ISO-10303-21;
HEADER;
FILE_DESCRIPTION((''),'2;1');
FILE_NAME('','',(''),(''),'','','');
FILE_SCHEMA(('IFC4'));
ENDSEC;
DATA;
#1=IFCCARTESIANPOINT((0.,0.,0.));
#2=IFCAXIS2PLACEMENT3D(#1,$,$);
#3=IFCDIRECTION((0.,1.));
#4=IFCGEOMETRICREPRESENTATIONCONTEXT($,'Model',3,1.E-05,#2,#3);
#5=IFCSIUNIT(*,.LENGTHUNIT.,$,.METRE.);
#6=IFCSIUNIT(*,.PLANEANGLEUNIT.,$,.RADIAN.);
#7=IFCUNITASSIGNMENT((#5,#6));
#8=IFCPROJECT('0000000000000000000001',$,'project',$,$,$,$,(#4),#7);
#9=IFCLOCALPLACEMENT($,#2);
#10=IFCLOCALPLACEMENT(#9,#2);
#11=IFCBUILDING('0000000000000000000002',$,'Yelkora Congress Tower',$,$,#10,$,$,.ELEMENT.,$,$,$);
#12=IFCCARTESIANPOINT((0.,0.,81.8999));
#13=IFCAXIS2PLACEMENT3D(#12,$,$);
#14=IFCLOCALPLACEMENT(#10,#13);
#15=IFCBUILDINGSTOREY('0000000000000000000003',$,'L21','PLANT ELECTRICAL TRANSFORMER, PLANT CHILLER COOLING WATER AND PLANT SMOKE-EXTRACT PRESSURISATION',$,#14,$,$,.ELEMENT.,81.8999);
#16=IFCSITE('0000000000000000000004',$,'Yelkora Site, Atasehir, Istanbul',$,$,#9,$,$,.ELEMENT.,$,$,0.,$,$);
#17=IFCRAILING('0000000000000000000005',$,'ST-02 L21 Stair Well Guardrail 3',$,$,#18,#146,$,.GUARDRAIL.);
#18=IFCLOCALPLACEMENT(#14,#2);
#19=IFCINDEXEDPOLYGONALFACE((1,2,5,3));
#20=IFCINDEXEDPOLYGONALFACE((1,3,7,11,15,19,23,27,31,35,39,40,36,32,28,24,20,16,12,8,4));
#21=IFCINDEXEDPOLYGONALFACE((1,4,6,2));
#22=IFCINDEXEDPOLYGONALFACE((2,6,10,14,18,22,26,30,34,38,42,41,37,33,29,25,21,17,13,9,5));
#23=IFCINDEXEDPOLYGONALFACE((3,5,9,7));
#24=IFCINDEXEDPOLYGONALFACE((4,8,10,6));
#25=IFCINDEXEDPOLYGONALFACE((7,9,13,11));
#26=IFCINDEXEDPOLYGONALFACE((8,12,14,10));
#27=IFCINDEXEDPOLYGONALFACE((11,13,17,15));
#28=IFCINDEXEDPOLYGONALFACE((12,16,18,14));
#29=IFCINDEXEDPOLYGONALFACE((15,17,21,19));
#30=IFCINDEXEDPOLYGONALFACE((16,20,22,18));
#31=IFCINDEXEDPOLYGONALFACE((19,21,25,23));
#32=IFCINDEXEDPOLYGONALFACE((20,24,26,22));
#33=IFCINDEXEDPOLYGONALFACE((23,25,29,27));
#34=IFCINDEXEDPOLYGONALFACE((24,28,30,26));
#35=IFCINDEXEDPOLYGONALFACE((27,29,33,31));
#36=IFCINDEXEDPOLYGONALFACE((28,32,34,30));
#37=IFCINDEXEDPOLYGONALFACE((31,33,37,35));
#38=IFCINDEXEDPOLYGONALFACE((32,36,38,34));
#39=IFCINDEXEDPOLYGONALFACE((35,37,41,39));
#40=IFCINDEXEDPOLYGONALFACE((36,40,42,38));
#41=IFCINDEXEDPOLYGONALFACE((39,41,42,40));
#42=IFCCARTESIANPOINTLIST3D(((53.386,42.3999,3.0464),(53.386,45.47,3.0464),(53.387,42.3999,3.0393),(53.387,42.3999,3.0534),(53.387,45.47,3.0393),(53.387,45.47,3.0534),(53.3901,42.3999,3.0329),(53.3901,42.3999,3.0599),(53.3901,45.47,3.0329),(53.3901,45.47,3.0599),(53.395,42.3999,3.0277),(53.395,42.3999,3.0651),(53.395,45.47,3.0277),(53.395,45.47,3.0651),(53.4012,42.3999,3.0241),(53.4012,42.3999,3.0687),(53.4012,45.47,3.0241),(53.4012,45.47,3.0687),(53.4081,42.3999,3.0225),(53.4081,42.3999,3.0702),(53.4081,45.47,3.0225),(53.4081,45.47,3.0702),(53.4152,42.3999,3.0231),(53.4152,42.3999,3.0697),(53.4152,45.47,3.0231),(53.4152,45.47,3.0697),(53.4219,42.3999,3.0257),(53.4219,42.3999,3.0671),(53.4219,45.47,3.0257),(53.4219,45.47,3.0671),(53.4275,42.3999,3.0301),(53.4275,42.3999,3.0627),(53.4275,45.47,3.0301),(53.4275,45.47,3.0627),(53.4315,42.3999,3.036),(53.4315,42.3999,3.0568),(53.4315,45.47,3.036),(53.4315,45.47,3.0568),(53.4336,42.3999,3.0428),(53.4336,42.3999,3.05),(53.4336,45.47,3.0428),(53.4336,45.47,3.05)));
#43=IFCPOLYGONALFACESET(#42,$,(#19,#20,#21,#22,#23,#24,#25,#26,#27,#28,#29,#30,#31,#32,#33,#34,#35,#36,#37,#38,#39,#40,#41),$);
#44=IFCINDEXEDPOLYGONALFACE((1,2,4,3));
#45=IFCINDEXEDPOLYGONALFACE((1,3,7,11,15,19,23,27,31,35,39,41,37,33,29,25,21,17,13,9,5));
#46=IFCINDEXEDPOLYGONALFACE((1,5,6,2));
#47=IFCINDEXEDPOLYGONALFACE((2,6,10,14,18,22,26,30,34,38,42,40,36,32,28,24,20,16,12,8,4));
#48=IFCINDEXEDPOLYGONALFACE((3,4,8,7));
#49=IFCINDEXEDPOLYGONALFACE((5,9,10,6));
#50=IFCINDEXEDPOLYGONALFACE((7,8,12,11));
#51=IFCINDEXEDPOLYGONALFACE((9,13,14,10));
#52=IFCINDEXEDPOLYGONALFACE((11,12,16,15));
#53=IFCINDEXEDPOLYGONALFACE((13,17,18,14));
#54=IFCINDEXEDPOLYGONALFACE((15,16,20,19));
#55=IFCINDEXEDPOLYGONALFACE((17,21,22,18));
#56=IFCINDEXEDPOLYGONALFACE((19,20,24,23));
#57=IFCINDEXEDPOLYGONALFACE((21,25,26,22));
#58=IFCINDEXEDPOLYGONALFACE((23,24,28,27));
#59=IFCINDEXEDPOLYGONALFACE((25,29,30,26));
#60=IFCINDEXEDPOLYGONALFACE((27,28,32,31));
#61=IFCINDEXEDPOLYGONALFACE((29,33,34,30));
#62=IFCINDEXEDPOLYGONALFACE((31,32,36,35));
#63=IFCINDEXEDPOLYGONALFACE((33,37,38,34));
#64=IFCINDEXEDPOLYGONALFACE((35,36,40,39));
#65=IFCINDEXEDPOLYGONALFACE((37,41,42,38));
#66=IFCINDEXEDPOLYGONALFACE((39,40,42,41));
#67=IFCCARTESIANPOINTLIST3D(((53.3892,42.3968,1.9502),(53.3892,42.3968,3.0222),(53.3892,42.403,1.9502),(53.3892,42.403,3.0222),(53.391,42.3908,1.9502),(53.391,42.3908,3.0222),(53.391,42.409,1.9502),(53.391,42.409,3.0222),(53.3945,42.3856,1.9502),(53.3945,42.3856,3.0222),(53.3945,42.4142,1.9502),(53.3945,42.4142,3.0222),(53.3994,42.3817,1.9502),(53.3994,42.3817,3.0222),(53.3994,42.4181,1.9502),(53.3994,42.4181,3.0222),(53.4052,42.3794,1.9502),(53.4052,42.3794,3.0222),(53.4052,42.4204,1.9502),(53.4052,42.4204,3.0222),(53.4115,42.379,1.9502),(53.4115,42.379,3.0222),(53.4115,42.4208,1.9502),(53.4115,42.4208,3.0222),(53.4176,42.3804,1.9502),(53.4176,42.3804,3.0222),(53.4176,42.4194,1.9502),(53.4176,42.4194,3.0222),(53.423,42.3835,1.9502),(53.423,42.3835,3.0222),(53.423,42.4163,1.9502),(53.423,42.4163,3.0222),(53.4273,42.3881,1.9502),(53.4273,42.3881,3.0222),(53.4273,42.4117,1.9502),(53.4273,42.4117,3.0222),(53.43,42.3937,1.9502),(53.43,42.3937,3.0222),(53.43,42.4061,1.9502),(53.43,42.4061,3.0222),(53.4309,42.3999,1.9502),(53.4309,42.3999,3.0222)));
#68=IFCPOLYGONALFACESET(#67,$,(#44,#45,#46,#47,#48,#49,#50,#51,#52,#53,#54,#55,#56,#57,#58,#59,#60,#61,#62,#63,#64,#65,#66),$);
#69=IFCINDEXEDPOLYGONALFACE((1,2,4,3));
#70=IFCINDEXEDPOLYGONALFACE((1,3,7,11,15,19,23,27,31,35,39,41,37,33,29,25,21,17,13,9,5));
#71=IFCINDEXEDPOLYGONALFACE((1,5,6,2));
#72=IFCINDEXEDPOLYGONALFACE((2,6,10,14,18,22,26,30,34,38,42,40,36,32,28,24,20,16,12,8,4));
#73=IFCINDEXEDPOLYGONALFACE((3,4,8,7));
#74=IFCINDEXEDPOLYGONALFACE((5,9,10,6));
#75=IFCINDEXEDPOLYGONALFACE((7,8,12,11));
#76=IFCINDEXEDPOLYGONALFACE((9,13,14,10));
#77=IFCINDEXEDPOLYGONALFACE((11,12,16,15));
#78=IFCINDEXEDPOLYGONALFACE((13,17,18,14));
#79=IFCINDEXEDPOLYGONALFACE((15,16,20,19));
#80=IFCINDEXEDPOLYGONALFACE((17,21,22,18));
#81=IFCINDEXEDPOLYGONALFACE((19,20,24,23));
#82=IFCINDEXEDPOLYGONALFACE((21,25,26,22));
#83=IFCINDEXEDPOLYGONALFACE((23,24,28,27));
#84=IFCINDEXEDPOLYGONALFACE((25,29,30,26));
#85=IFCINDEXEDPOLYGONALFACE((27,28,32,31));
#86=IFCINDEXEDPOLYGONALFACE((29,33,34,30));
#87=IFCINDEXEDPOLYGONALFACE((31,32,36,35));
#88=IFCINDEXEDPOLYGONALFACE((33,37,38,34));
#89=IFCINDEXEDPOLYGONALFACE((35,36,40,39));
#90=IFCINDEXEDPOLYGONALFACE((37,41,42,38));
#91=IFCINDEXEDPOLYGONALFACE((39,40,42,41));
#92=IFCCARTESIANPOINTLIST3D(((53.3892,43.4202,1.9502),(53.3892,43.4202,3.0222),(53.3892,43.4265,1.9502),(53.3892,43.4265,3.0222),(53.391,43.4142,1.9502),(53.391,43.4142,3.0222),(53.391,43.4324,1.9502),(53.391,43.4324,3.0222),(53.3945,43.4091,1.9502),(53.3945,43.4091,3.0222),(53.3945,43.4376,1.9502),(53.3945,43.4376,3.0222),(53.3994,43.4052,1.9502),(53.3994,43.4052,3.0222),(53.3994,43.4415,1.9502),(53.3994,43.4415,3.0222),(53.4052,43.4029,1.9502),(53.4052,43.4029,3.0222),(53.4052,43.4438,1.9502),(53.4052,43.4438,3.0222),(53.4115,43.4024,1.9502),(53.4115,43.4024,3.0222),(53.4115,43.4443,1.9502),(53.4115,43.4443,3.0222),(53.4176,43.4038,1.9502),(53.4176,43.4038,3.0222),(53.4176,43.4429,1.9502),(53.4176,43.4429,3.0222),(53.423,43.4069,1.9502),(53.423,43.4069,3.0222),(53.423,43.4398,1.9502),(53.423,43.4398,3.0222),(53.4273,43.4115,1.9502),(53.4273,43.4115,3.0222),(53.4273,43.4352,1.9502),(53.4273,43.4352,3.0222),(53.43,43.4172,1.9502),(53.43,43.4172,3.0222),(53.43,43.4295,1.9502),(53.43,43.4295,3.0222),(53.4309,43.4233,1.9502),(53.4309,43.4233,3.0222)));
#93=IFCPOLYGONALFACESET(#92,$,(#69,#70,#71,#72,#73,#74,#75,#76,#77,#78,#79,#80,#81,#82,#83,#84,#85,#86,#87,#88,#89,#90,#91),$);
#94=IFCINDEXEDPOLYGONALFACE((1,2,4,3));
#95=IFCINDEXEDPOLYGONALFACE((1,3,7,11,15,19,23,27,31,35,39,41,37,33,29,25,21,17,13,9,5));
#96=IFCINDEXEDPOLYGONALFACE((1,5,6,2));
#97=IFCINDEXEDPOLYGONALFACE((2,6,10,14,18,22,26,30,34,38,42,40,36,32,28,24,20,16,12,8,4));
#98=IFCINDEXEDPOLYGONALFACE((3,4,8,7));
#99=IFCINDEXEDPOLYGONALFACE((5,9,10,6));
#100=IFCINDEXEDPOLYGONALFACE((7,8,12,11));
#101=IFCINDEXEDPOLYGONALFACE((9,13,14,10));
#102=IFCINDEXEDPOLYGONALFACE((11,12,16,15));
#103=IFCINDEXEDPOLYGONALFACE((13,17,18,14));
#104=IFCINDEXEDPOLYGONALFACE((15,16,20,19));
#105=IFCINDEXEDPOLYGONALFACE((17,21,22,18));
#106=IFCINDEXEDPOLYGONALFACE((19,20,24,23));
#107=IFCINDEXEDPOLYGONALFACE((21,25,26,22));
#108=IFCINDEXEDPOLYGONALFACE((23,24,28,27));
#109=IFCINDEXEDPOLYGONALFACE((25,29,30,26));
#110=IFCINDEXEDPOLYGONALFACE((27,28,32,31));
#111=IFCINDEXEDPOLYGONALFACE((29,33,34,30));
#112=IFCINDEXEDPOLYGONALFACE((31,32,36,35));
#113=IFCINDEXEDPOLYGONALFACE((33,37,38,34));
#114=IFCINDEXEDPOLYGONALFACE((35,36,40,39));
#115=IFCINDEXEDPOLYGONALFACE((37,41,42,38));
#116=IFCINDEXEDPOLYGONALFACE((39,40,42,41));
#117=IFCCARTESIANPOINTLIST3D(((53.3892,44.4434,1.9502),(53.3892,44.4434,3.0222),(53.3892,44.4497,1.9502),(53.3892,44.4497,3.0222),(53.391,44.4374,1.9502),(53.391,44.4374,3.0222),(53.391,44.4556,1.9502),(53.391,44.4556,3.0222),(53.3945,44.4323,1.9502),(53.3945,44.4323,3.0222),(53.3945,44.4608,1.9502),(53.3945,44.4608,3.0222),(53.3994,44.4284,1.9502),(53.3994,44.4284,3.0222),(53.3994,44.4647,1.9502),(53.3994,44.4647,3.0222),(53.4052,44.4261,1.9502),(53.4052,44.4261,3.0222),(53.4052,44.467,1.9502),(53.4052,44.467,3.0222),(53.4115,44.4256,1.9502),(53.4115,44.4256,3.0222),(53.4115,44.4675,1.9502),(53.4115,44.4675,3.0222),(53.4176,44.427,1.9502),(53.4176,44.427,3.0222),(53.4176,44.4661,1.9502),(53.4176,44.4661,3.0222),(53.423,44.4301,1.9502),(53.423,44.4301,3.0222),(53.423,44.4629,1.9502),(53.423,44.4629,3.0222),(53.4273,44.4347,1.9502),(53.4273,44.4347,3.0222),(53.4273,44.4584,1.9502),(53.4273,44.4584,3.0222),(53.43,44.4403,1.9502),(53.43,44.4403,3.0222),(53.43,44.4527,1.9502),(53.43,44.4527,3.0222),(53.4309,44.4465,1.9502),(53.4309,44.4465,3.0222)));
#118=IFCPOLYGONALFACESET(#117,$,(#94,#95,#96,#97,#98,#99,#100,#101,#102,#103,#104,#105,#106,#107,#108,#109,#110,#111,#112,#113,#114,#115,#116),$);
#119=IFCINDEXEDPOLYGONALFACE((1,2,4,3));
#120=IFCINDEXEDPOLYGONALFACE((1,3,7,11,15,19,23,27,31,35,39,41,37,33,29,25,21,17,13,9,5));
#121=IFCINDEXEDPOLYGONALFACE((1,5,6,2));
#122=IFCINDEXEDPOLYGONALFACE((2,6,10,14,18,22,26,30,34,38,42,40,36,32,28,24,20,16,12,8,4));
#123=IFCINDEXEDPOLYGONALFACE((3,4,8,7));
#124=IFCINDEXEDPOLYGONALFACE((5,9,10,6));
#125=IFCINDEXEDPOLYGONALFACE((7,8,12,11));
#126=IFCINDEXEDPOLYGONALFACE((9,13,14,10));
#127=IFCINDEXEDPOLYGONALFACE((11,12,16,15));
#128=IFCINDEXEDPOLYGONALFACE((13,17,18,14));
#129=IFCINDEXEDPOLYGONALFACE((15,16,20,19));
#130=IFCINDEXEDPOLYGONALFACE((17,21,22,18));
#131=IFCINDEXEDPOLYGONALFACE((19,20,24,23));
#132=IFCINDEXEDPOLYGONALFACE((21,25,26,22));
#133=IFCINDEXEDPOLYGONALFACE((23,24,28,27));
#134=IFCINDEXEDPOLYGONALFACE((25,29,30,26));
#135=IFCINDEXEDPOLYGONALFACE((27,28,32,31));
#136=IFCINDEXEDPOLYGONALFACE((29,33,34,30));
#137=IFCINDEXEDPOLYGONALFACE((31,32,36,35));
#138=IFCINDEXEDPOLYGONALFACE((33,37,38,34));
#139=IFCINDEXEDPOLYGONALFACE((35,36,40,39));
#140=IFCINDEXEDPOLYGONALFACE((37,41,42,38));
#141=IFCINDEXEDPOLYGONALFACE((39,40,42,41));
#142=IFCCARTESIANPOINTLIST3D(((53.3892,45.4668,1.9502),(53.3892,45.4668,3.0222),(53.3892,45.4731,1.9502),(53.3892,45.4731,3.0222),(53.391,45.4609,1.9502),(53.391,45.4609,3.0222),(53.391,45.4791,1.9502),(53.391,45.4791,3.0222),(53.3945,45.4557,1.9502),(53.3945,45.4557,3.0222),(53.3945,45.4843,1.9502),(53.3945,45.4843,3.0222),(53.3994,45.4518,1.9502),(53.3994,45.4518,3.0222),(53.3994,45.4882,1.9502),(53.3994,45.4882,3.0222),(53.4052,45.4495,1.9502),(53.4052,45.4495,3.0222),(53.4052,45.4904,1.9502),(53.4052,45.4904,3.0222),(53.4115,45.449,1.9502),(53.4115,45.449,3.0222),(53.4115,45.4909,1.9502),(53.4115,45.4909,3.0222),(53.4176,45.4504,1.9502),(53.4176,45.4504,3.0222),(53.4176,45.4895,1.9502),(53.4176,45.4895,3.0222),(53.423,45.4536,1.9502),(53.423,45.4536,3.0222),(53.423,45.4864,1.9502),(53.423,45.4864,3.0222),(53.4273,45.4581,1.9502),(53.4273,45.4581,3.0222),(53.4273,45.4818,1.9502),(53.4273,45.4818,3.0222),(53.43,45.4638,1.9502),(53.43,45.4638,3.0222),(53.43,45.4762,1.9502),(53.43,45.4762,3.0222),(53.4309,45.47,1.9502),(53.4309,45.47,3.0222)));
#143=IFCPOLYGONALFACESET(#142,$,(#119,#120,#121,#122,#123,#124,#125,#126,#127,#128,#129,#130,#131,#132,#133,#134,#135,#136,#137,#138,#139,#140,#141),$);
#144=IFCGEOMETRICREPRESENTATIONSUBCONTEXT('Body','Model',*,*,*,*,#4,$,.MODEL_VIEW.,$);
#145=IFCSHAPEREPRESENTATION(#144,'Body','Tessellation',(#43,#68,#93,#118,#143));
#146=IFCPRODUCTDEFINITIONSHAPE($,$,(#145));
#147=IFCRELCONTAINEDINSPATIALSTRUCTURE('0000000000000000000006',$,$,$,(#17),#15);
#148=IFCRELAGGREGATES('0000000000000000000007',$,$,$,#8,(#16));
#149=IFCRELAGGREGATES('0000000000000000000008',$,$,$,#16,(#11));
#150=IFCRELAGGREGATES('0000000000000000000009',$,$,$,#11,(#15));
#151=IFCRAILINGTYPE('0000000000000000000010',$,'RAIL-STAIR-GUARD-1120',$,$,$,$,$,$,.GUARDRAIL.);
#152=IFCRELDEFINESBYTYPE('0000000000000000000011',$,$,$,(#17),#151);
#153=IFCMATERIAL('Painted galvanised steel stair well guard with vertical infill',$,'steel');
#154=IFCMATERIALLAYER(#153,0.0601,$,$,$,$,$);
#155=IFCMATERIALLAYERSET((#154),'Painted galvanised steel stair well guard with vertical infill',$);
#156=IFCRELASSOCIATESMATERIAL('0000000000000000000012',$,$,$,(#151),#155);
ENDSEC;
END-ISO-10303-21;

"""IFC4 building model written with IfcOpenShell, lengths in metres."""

from ifc_helpers import new_model, si_unit, direction, frame, origin, origin_2d, place, context, subcontext, project, spatial, circle, extrude, material, layer, layer_set, type_object, element, save


model = new_model("IFC4")

# Units and contexts
model_context = context("Model", 3, precision=1e-05, world=origin(), true_north=direction((0.0, 1.0)))
body_context = subcontext(model_context, "Body", "Model", "MODEL_VIEW")
ifc_project = project(units=[si_unit("LENGTHUNIT", "METRE"), si_unit("PLANEANGLEUNIT", "RADIAN")], contexts=[model_context])

# Site, building, storey
site_placement = place(None, origin())
site = spatial("IfcSite", under=ifc_project, at=site_placement, Name="Yelkora Site, Atasehir, Istanbul", CompositionType="ELEMENT", RefElevation=0.0)
building_placement = place(site_placement, origin())
building = spatial("IfcBuilding", under=site, at=building_placement, Name="Yelkora Congress Tower", CompositionType="ELEMENT")
storey_placement = place(building_placement, frame((0.0, 0.0, 81.8999)))
storey = spatial("IfcBuildingStorey", under=building, at=storey_placement, Name="L21", Description="PLANT ELECTRICAL TRANSFORMER, PLANT CHILLER COOLING WATER AND PLANT SMOKE-EXTRACT PRESSURISATION", CompositionType="ELEMENT", Elevation=81.8999)

# Railing
ifc_material_1 = material(Name="Painted galvanised steel stair well guard with vertical infill", Category="steel")
ifc_layer_1 = layer(ifc_material_1, 0.0601)
ifc_layer_set_1 = layer_set([ifc_layer_1], Name="Painted galvanised steel stair well guard with vertical infill")
railing_type_1 = type_object("IfcRailingType", Name="RAIL-STAIR-GUARD-1120", PredefinedType="GUARDRAIL", material=ifc_layer_set_1)
for number, where, name in (
    (1, (53.4099, 42.3999, 1.9502), "ST-02 L21 Stair Well Guardrail 3"),
):
    element("IfcRailing", number, at=place(storey_placement, frame(where)), inside=storey, type_object=railing_type_1, Name=name, PredefinedType="GUARDRAIL", context=body_context, shape_type="SweptSolid", body=[
        extrude(circle(Radius=0.0239, at=origin_2d()), frame((0.0, 0.0, 1.0962), z_axis=(0.0, 1.0, 0.0), x_axis=(-1.0, 0.0, 0.0)), (0.0, 0.0, 1.0), 3.0701),
        extrude(circle(Radius=0.021, at=origin_2d()), origin(), (0.0, 0.0, 1.0), 1.072),
        extrude(circle(Radius=0.021, at=origin_2d()), frame((0.0, 1.0234, 0.0)), (0.0, 0.0, 1.0), 1.072),
        extrude(circle(Radius=0.021, at=origin_2d()), frame((0.0, 2.0466, 0.0)), (0.0, 0.0, 1.0), 1.072),
        extrude(circle(Radius=0.021, at=origin_2d()), frame((0.0, 3.0701, 0.0)), (0.0, 0.0, 1.0), 1.072),
    ])

save(model, "model.ifc")
